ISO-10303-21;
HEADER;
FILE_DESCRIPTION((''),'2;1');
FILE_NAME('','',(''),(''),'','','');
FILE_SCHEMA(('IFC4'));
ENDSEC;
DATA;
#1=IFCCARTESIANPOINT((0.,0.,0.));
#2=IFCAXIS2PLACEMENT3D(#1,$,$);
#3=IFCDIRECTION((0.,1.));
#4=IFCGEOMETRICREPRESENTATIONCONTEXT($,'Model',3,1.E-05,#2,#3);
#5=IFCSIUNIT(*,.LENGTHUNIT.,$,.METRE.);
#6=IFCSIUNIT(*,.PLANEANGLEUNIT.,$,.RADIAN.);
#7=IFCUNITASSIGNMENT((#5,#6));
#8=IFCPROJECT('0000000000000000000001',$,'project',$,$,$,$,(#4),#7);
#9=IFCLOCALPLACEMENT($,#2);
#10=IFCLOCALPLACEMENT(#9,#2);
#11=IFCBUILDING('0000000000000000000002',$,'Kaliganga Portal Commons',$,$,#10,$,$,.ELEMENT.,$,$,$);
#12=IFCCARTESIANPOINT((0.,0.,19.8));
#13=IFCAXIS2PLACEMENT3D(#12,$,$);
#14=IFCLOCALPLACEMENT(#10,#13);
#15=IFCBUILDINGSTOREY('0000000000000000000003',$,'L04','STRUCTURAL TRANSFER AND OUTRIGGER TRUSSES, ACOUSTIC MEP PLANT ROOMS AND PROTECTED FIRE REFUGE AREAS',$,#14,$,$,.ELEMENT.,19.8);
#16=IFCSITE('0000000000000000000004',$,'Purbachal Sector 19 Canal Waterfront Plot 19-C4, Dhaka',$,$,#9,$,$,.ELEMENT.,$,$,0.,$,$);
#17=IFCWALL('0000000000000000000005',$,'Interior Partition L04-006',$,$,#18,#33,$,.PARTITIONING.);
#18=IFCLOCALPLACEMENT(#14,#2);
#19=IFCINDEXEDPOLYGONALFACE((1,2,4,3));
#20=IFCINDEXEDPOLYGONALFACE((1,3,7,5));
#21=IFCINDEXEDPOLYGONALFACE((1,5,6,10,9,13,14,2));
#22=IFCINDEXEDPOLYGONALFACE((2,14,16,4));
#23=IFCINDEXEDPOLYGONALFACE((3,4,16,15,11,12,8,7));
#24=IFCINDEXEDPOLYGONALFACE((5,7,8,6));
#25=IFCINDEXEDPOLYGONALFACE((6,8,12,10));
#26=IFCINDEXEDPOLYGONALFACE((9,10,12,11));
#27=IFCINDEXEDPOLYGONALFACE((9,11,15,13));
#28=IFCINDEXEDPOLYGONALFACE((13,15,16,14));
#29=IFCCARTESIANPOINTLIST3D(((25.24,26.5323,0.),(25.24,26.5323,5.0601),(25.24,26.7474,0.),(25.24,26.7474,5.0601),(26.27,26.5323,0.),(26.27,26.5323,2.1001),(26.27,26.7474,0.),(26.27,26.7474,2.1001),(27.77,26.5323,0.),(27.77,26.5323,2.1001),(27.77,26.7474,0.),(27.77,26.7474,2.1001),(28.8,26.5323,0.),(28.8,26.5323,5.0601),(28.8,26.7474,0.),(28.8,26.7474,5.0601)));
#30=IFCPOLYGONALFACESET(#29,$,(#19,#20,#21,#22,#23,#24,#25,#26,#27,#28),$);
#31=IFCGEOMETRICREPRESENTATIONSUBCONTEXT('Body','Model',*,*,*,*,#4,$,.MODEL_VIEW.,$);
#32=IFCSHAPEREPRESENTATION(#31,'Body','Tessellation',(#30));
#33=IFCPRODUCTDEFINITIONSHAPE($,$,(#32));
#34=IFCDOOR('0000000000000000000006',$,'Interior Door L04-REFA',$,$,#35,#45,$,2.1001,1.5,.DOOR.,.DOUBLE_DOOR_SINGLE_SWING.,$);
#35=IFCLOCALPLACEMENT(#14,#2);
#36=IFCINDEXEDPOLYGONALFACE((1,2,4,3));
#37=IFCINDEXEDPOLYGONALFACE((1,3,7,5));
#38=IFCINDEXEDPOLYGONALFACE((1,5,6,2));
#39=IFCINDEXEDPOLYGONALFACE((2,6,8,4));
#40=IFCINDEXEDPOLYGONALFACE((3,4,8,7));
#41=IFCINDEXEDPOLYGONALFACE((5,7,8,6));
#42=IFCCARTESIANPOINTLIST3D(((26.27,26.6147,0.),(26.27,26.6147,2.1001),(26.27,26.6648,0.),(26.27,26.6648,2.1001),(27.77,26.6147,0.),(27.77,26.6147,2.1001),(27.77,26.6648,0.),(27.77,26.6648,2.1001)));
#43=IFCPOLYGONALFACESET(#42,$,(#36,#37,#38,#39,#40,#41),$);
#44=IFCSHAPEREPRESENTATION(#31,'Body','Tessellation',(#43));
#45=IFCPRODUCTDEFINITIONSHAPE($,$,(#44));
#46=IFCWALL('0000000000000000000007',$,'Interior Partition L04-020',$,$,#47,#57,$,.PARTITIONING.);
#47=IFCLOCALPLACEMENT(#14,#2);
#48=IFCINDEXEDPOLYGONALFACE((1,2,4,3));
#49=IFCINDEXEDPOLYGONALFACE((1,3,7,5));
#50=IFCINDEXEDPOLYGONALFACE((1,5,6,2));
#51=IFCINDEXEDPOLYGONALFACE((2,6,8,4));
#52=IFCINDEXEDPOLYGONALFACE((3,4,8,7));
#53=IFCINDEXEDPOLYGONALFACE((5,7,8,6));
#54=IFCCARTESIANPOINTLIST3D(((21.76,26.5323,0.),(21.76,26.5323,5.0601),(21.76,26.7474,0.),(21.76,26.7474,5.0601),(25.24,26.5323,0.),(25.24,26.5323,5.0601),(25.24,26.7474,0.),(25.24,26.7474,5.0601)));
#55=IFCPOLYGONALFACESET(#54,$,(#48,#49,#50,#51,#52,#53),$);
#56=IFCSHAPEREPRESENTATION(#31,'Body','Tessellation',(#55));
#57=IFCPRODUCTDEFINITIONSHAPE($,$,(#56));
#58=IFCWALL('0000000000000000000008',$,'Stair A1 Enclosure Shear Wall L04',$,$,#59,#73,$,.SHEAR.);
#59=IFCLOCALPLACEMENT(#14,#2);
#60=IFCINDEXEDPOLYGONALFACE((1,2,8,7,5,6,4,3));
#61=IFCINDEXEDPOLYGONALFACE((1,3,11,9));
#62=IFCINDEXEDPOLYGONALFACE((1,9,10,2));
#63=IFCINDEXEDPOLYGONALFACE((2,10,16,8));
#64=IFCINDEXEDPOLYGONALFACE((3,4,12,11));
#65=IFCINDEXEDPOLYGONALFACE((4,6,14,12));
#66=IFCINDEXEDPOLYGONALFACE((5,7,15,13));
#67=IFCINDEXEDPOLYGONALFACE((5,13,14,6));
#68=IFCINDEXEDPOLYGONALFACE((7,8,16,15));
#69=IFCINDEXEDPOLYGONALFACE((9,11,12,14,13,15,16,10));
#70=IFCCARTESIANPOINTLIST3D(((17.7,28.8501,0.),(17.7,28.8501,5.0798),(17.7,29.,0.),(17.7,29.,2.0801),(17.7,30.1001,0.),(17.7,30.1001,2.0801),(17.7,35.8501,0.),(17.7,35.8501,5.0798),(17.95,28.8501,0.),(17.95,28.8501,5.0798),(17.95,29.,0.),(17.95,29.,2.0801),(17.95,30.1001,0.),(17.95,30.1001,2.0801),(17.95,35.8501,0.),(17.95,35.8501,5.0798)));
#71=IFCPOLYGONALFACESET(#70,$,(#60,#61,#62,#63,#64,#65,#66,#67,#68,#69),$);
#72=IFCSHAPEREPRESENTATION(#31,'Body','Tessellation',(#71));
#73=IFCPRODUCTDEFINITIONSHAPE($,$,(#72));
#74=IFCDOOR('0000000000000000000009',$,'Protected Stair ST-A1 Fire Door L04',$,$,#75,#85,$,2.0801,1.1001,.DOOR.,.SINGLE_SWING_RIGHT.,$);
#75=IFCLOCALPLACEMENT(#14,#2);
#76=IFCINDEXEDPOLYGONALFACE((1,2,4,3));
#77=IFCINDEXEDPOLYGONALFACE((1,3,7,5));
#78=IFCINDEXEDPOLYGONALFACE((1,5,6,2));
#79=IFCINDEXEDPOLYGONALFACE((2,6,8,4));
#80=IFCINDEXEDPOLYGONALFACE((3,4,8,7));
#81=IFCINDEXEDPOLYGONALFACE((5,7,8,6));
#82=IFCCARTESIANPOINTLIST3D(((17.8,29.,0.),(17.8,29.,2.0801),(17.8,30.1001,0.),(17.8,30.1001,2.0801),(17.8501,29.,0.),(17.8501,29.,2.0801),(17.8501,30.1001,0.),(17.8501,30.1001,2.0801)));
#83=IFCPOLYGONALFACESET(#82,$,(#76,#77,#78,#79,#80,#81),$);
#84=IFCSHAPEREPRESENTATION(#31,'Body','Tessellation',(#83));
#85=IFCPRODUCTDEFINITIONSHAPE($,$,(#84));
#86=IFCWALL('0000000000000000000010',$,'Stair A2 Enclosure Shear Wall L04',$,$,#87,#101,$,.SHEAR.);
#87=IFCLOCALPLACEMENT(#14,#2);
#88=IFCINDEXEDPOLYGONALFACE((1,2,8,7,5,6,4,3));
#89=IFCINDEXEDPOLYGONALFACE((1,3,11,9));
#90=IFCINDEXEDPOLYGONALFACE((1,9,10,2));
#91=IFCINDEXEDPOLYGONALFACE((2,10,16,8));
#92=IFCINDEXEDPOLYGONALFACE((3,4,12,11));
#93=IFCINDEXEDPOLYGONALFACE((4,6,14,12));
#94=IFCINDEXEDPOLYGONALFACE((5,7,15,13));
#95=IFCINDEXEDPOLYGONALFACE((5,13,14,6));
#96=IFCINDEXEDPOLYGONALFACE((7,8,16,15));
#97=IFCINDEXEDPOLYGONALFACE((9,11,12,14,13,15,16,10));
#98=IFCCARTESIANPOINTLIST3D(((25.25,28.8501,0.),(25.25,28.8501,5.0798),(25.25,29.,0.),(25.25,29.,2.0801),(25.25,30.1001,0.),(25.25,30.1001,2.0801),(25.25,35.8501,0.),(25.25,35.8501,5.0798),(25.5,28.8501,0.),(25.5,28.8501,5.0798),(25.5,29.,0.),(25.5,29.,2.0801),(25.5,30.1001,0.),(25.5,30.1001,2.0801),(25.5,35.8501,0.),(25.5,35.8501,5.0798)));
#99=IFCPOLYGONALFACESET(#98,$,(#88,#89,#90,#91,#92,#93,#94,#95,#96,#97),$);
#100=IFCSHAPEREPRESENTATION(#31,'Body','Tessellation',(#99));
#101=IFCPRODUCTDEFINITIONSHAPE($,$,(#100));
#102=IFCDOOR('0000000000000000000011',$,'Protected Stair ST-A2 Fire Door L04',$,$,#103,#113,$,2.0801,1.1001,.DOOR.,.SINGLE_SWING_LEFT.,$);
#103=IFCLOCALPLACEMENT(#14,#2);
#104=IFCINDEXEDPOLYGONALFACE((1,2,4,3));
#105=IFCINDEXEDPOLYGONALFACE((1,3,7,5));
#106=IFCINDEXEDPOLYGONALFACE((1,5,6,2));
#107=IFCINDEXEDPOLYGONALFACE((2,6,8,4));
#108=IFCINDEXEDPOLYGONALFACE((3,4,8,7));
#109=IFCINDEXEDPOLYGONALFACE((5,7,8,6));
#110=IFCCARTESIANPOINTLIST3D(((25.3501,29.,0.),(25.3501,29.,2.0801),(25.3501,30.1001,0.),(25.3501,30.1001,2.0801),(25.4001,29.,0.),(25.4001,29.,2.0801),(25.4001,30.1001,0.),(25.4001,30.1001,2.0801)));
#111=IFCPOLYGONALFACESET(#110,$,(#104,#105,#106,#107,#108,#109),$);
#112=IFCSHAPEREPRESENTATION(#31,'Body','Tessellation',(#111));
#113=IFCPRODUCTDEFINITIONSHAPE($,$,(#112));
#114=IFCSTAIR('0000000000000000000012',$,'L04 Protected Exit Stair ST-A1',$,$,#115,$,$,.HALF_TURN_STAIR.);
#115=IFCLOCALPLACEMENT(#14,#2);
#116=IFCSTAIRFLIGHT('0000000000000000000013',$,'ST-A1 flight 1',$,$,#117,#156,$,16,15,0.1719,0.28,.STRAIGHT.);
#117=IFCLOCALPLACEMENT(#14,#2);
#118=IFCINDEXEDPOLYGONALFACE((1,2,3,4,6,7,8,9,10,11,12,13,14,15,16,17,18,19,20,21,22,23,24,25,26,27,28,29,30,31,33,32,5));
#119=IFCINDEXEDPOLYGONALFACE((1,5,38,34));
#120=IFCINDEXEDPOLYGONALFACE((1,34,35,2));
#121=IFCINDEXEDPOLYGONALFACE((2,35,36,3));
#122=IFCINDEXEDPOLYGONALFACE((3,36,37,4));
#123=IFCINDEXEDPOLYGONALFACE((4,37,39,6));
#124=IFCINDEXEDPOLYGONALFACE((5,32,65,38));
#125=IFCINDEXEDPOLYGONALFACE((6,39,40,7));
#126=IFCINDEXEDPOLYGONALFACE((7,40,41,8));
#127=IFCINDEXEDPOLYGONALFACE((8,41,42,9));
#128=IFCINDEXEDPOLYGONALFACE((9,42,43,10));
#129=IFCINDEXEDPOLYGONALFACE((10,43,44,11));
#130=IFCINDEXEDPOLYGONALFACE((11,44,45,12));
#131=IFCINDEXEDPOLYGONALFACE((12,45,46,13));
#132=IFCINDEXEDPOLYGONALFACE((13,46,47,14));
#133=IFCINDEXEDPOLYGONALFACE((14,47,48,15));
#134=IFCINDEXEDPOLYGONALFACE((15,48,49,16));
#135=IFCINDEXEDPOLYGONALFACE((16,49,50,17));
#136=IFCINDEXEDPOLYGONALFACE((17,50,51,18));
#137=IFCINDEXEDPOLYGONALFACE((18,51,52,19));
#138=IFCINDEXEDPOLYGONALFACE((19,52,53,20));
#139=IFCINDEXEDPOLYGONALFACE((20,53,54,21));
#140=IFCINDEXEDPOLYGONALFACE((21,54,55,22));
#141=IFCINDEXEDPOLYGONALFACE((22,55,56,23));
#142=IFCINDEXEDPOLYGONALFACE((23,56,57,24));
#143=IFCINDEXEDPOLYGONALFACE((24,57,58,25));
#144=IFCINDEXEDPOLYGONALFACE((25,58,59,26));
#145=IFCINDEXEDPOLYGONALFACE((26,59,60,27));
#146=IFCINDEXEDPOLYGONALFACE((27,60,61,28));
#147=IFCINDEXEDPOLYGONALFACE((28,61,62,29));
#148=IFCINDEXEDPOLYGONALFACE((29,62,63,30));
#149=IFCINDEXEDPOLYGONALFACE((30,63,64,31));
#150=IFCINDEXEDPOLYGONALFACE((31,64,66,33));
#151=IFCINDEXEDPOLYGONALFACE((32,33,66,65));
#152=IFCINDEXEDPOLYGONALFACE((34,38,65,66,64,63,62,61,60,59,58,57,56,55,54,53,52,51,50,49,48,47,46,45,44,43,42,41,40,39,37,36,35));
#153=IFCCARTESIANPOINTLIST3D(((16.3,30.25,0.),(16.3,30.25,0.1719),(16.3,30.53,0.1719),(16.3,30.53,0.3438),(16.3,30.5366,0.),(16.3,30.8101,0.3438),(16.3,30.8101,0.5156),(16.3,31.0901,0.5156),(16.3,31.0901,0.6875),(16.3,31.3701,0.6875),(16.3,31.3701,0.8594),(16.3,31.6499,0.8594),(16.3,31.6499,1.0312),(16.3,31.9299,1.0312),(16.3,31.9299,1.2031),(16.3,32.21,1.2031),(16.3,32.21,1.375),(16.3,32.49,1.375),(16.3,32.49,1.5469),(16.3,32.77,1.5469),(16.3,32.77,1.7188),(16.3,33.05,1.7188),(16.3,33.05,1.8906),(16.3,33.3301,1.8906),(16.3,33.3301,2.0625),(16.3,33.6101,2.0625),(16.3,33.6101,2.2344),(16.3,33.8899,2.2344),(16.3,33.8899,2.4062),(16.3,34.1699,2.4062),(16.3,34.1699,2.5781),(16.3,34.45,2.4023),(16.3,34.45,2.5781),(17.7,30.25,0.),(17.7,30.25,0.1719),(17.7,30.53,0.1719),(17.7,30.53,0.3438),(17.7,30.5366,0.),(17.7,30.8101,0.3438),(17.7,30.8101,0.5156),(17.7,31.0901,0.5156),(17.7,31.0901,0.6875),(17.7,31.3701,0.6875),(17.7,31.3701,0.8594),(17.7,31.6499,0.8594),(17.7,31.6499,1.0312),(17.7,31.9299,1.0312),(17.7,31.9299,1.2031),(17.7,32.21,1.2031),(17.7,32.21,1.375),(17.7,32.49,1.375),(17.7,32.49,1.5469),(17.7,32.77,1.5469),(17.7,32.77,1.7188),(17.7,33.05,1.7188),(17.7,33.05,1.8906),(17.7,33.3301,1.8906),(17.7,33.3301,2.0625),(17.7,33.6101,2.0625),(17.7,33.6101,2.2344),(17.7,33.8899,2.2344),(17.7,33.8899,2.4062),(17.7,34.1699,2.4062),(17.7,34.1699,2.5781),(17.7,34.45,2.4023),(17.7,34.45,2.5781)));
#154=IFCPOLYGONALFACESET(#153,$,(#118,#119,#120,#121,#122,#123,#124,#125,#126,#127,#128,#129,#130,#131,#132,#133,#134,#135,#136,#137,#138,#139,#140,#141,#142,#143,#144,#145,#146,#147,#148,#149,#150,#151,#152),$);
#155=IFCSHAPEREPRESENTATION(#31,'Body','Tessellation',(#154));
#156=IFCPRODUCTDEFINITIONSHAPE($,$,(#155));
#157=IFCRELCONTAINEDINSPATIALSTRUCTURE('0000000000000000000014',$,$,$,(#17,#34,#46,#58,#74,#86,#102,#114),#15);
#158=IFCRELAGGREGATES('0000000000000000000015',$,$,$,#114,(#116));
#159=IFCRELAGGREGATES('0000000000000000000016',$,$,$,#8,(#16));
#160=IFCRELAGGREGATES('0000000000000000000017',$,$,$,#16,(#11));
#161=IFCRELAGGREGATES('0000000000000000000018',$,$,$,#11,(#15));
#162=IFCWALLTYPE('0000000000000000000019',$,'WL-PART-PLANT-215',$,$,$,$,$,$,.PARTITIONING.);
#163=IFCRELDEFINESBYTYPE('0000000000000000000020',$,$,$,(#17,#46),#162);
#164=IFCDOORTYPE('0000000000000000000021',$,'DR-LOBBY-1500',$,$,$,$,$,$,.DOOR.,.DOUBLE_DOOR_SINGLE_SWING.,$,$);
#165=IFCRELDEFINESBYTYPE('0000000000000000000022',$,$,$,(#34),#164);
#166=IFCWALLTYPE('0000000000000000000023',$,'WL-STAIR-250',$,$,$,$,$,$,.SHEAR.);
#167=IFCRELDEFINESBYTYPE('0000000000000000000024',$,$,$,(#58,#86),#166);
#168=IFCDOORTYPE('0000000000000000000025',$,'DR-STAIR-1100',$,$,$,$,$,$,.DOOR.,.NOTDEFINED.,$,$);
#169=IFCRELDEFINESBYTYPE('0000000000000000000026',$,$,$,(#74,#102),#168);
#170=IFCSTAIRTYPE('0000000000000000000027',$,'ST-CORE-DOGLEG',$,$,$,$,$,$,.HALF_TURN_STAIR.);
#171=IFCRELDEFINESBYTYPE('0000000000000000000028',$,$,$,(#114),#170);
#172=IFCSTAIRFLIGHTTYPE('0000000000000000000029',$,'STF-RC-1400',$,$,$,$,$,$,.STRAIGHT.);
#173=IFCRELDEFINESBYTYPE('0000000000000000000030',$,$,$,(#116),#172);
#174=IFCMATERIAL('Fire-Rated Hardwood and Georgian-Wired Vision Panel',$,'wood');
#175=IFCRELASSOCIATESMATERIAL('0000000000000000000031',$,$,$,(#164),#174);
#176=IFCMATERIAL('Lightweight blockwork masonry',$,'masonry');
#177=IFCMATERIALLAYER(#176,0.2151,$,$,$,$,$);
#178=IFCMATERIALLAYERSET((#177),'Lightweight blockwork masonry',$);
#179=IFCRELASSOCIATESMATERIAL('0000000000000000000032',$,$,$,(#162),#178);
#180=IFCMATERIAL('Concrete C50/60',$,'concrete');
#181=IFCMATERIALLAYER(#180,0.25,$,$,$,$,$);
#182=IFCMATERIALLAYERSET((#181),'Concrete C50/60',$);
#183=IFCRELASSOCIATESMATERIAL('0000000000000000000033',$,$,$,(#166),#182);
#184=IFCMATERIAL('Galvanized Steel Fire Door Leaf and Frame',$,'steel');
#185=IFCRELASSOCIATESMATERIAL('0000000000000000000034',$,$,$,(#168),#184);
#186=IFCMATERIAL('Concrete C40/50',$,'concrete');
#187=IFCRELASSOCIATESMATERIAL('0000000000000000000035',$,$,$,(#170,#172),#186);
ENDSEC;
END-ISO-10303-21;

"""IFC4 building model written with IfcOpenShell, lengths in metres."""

from ifc_helpers import new_model, si_unit, direction, frame, frame_2d, origin, place, context, subcontext, project, spatial, polyline, rectangle, outline, extrude, material, layer, layer_set, type_object, element, fill, aggregate, save


model = new_model("IFC4")

# Units and contexts
model_context = context("Model", 3, precision=1e-05, world=origin(), true_north=direction((0.0, 1.0)))
body_context = subcontext(model_context, "Body", "Model", "MODEL_VIEW")
ifc_project = project(units=[si_unit("LENGTHUNIT", "METRE"), si_unit("PLANEANGLEUNIT", "RADIAN")], contexts=[model_context])

# Site, building, storey
site_placement = place(None, origin())
site = spatial("IfcSite", under=ifc_project, at=site_placement, Name="Purbachal Sector 19 Canal Waterfront Plot 19-C4, Dhaka", CompositionType="ELEMENT", RefElevation=0.0)
building_placement = place(site_placement, origin())
building = spatial("IfcBuilding", under=site, at=building_placement, Name="Kaliganga Portal Commons", CompositionType="ELEMENT")
storey_placement = place(building_placement, frame((0.0, 0.0, 19.8)))
storey = spatial("IfcBuildingStorey", under=building, at=storey_placement, Name="L04", Description="STRUCTURAL TRANSFER AND OUTRIGGER TRUSSES, ACOUSTIC MEP PLANT ROOMS AND PROTECTED FIRE REFUGE AREAS", CompositionType="ELEMENT", Elevation=19.8)

# Shared definitions
ifc_material_1 = material(Name="Fire-Rated Hardwood and Georgian-Wired Vision Panel", Category="wood")
door_type_1 = type_object("IfcDoorType", Name="DR-LOBBY-1500", OperationType="DOUBLE_DOOR_SINGLE_SWING", PredefinedType="DOOR", material=ifc_material_1)

# Wall, opening, door
ifc_material_2 = material(Name="Lightweight blockwork masonry", Category="masonry")
ifc_layer_1 = layer(ifc_material_2, 0.2151)
ifc_layer_set_1 = layer_set([ifc_layer_1], Name="Lightweight blockwork masonry")
wall_type_1 = type_object("IfcWallType", Name="WL-PART-PLANT-215", PredefinedType="PARTITIONING", material=ifc_layer_set_1)
wall_1_placement = place(storey_placement, frame((25.24, 26.6399, 0.0), z_axis=(0.0, 0.0, 1.0), x_axis=(1.0, 0.0, 0.0)))
wall_1 = element("IfcWall", 1, at=wall_1_placement, inside=storey, type_object=wall_type_1, Name="Interior Partition L04-006", PredefinedType="PARTITIONING", context=body_context, shape_type="SweptSolid", body=[
    extrude(rectangle(XDim=3.5601, YDim=0.2151, at=frame_2d((1.78, 0.0))), origin(), (0.0, 0.0, 1.0), 5.0601),
])
opening_1_placement = place(wall_1_placement, frame((1.03, 0.0, 0.0)))
opening_1 = element("IfcOpeningElement", 2, at=opening_1_placement, cuts=wall_1, PredefinedType="OPENING", context=body_context, shape_type="SweptSolid", body=[
    extrude(rectangle(XDim=1.5, YDim=2.1001, at=frame_2d((0.75, 1.05))), frame((0.0, 0.1177, 0.0), z_axis=(0.0, -1.0, 0.0), x_axis=(1.0, 0.0, 0.0)), (0.0, 0.0, 1.0), 0.2351),
])
door_1_placement = place(opening_1_placement, origin())
door_1 = element("IfcDoor", 3, at=door_1_placement, inside=storey, type_object=door_type_1, Name="Interior Door L04-REFA", OperationType="DOUBLE_DOOR_SINGLE_SWING", OverallHeight=2.1001, OverallWidth=1.5, PredefinedType="DOOR", context=body_context, shape_type="SweptSolid", body=[
    extrude(rectangle(XDim=1.5, YDim=2.1001, at=frame_2d((0.75, 1.05))), frame((0.0, 0.0249, 0.0), z_axis=(0.0, -1.0, 0.0), x_axis=(1.0, 0.0, 0.0)), (0.0, 0.0, 1.0), 0.05),
])
fill(opening_1, door_1)

# Wall
wall_2_placement = place(storey_placement, frame((21.76, 26.6399, 0.0), z_axis=(0.0, 0.0, 1.0), x_axis=(1.0, 0.0, 0.0)))
element("IfcWall", 4, at=wall_2_placement, inside=storey, type_object=wall_type_1, Name="Interior Partition L04-020", PredefinedType="PARTITIONING", context=body_context, shape_type="SweptSolid", body=[
    extrude(rectangle(XDim=3.48, YDim=0.2151, at=frame_2d((1.74, 0.0))), origin(), (0.0, 0.0, 1.0), 5.0601),
])

# Walls, openings, doors
ifc_material_3 = material(Name="Concrete C50/60", Category="concrete")
ifc_layer_2 = layer(ifc_material_3, 0.25)
ifc_layer_set_2 = layer_set([ifc_layer_2], Name="Concrete C50/60")
wall_type_2 = type_object("IfcWallType", Name="WL-STAIR-250", PredefinedType="SHEAR", material=ifc_layer_set_2)
wall_3_placement = place(storey_placement, frame((17.825, 28.8501, 0.0), z_axis=(0.0, 0.0, 1.0), x_axis=(0.0, 1.0, 0.0)))
wall_3 = element("IfcWall", 5, at=wall_3_placement, inside=storey, type_object=wall_type_2, Name="Stair A1 Enclosure Shear Wall L04", PredefinedType="SHEAR", context=body_context, shape_type="SweptSolid", body=[
    extrude(rectangle(XDim=7.0, YDim=0.25, at=frame_2d((3.5, 0.0))), origin(), (0.0, 0.0, 1.0), 5.0798),
])
opening_2_placement = place(wall_3_placement, frame((0.1499, 0.0, 0.0)))
opening_2 = element("IfcOpeningElement", 6, at=opening_2_placement, cuts=wall_3, PredefinedType="OPENING", context=body_context, shape_type="SweptSolid", body=[
    extrude(rectangle(XDim=1.1001, YDim=2.0801, at=frame_2d((0.55, 1.04))), frame((0.0, 0.135, 0.0), z_axis=(0.0, -1.0, 0.0), x_axis=(1.0, 0.0, 0.0)), (0.0, 0.0, 1.0), 0.27),
])
ifc_material_4 = material(Name="Galvanized Steel Fire Door Leaf and Frame", Category="steel")
door_type_2 = type_object("IfcDoorType", Name="DR-STAIR-1100", OperationType="NOTDEFINED", PredefinedType="DOOR", material=ifc_material_4)
door_2_placement = place(opening_2_placement, origin())
door_2 = element("IfcDoor", 7, at=door_2_placement, inside=storey, type_object=door_type_2, Name="Protected Stair ST-A1 Fire Door L04", OperationType="SINGLE_SWING_RIGHT", OverallHeight=2.0801, OverallWidth=1.1001, PredefinedType="DOOR", context=body_context, shape_type="SweptSolid", body=[
    extrude(rectangle(XDim=1.1001, YDim=2.0801, at=frame_2d((0.55, 1.04))), frame((0.0, 0.0249, 0.0), z_axis=(0.0, -1.0, 0.0), x_axis=(1.0, 0.0, 0.0)), (0.0, 0.0, 1.0), 0.05),
])
fill(opening_2, door_2)
wall_4_placement = place(storey_placement, frame((25.375, 28.8501, 0.0), z_axis=(0.0, 0.0, 1.0), x_axis=(0.0, 1.0, 0.0)))
wall_4 = element("IfcWall", 8, at=wall_4_placement, inside=storey, type_object=wall_type_2, Name="Stair A2 Enclosure Shear Wall L04", PredefinedType="SHEAR", context=body_context, shape_type="SweptSolid", body=[
    extrude(rectangle(XDim=7.0, YDim=0.25, at=frame_2d((3.5, 0.0))), origin(), (0.0, 0.0, 1.0), 5.0798),
])
opening_3_placement = place(wall_4_placement, frame((0.1499, 0.0, 0.0)))
opening_3 = element("IfcOpeningElement", 9, at=opening_3_placement, cuts=wall_4, PredefinedType="OPENING", context=body_context, shape_type="SweptSolid", body=[
    extrude(rectangle(XDim=1.1001, YDim=2.0801, at=frame_2d((0.55, 1.04))), frame((0.0, 0.135, 0.0), z_axis=(0.0, -1.0, 0.0), x_axis=(1.0, 0.0, 0.0)), (0.0, 0.0, 1.0), 0.27),
])
door_3_placement = place(opening_3_placement, origin())
door_3 = element("IfcDoor", 10, at=door_3_placement, inside=storey, type_object=door_type_2, Name="Protected Stair ST-A2 Fire Door L04", OperationType="SINGLE_SWING_LEFT", OverallHeight=2.0801, OverallWidth=1.1001, PredefinedType="DOOR", context=body_context, shape_type="SweptSolid", body=[
    extrude(rectangle(XDim=1.1001, YDim=2.0801, at=frame_2d((0.55, 1.04))), frame((0.0, 0.0249, 0.0), z_axis=(0.0, -1.0, 0.0), x_axis=(1.0, 0.0, 0.0)), (0.0, 0.0, 1.0), 0.05),
])
fill(opening_3, door_3)

# Stair, stair flight
ifc_material_5 = material(Name="Concrete C40/50", Category="concrete")
stair_type = type_object("IfcStairType", Name="ST-CORE-DOGLEG", PredefinedType="HALF_TURN_STAIR", material=ifc_material_5)
stair_placement = place(storey_placement, origin())
stair = element("IfcStair", 11, at=stair_placement, inside=storey, type_object=stair_type, Name="L04 Protected Exit Stair ST-A1", PredefinedType="HALF_TURN_STAIR")
stair_flight_type = type_object("IfcStairFlightType", Name="STF-RC-1400", PredefinedType="STRAIGHT", material=ifc_material_5)
stair_flight_placement = place(storey_placement, frame((17.0, 30.25, 0.0), z_axis=(0.0, 0.0, 1.0), x_axis=(0.0, 1.0, 0.0)))
stair_flight = element("IfcStairFlight", 12, at=stair_flight_placement, type_object=stair_flight_type, Name="ST-A1 flight 1", NumberOfRisers=16, NumberOfTreads=15, PredefinedType="STRAIGHT", RiserHeight=0.1719, TreadLength=0.28, context=body_context, shape_type="SweptSolid", body=[
    extrude(outline(polyline([(0.0, 0.0), (0.0, 0.1719), (0.28, 0.1719), (0.28, 0.3438), (0.5601, 0.3438), (0.5601, 0.5156), (0.8401, 0.5156), (0.8401, 0.6875), (1.1201, 0.6875), (1.1201, 0.8594), (1.3999, 0.8594), (1.3999, 1.0312), (1.6799, 1.0312), (1.6799, 1.2031), (1.96, 1.2031), (1.96, 1.375), (2.24, 1.375), (2.24, 1.5469), (2.52, 1.5469), (2.52, 1.7188), (2.8, 1.7188), (2.8, 1.8906), (3.0801, 1.8906), (3.0801, 2.0625), (3.3601, 2.0625), (3.3601, 2.2344), (3.6399, 2.2344), (3.6399, 2.4062), (3.9199, 2.4062), (3.9199, 2.5781), (4.2, 2.5781), (4.2, 2.75), (4.2, 2.4023), (0.2866, 0.0), (0.0, 0.0)])), frame((0.0, 0.7, 0.0), z_axis=(0.0, -1.0, 0.0), x_axis=(1.0, 0.0, 0.0)), (0.0, 0.0, 1.0), 1.3999),
])
aggregate(stair, [stair_flight])

save(model, "model.ifc")
